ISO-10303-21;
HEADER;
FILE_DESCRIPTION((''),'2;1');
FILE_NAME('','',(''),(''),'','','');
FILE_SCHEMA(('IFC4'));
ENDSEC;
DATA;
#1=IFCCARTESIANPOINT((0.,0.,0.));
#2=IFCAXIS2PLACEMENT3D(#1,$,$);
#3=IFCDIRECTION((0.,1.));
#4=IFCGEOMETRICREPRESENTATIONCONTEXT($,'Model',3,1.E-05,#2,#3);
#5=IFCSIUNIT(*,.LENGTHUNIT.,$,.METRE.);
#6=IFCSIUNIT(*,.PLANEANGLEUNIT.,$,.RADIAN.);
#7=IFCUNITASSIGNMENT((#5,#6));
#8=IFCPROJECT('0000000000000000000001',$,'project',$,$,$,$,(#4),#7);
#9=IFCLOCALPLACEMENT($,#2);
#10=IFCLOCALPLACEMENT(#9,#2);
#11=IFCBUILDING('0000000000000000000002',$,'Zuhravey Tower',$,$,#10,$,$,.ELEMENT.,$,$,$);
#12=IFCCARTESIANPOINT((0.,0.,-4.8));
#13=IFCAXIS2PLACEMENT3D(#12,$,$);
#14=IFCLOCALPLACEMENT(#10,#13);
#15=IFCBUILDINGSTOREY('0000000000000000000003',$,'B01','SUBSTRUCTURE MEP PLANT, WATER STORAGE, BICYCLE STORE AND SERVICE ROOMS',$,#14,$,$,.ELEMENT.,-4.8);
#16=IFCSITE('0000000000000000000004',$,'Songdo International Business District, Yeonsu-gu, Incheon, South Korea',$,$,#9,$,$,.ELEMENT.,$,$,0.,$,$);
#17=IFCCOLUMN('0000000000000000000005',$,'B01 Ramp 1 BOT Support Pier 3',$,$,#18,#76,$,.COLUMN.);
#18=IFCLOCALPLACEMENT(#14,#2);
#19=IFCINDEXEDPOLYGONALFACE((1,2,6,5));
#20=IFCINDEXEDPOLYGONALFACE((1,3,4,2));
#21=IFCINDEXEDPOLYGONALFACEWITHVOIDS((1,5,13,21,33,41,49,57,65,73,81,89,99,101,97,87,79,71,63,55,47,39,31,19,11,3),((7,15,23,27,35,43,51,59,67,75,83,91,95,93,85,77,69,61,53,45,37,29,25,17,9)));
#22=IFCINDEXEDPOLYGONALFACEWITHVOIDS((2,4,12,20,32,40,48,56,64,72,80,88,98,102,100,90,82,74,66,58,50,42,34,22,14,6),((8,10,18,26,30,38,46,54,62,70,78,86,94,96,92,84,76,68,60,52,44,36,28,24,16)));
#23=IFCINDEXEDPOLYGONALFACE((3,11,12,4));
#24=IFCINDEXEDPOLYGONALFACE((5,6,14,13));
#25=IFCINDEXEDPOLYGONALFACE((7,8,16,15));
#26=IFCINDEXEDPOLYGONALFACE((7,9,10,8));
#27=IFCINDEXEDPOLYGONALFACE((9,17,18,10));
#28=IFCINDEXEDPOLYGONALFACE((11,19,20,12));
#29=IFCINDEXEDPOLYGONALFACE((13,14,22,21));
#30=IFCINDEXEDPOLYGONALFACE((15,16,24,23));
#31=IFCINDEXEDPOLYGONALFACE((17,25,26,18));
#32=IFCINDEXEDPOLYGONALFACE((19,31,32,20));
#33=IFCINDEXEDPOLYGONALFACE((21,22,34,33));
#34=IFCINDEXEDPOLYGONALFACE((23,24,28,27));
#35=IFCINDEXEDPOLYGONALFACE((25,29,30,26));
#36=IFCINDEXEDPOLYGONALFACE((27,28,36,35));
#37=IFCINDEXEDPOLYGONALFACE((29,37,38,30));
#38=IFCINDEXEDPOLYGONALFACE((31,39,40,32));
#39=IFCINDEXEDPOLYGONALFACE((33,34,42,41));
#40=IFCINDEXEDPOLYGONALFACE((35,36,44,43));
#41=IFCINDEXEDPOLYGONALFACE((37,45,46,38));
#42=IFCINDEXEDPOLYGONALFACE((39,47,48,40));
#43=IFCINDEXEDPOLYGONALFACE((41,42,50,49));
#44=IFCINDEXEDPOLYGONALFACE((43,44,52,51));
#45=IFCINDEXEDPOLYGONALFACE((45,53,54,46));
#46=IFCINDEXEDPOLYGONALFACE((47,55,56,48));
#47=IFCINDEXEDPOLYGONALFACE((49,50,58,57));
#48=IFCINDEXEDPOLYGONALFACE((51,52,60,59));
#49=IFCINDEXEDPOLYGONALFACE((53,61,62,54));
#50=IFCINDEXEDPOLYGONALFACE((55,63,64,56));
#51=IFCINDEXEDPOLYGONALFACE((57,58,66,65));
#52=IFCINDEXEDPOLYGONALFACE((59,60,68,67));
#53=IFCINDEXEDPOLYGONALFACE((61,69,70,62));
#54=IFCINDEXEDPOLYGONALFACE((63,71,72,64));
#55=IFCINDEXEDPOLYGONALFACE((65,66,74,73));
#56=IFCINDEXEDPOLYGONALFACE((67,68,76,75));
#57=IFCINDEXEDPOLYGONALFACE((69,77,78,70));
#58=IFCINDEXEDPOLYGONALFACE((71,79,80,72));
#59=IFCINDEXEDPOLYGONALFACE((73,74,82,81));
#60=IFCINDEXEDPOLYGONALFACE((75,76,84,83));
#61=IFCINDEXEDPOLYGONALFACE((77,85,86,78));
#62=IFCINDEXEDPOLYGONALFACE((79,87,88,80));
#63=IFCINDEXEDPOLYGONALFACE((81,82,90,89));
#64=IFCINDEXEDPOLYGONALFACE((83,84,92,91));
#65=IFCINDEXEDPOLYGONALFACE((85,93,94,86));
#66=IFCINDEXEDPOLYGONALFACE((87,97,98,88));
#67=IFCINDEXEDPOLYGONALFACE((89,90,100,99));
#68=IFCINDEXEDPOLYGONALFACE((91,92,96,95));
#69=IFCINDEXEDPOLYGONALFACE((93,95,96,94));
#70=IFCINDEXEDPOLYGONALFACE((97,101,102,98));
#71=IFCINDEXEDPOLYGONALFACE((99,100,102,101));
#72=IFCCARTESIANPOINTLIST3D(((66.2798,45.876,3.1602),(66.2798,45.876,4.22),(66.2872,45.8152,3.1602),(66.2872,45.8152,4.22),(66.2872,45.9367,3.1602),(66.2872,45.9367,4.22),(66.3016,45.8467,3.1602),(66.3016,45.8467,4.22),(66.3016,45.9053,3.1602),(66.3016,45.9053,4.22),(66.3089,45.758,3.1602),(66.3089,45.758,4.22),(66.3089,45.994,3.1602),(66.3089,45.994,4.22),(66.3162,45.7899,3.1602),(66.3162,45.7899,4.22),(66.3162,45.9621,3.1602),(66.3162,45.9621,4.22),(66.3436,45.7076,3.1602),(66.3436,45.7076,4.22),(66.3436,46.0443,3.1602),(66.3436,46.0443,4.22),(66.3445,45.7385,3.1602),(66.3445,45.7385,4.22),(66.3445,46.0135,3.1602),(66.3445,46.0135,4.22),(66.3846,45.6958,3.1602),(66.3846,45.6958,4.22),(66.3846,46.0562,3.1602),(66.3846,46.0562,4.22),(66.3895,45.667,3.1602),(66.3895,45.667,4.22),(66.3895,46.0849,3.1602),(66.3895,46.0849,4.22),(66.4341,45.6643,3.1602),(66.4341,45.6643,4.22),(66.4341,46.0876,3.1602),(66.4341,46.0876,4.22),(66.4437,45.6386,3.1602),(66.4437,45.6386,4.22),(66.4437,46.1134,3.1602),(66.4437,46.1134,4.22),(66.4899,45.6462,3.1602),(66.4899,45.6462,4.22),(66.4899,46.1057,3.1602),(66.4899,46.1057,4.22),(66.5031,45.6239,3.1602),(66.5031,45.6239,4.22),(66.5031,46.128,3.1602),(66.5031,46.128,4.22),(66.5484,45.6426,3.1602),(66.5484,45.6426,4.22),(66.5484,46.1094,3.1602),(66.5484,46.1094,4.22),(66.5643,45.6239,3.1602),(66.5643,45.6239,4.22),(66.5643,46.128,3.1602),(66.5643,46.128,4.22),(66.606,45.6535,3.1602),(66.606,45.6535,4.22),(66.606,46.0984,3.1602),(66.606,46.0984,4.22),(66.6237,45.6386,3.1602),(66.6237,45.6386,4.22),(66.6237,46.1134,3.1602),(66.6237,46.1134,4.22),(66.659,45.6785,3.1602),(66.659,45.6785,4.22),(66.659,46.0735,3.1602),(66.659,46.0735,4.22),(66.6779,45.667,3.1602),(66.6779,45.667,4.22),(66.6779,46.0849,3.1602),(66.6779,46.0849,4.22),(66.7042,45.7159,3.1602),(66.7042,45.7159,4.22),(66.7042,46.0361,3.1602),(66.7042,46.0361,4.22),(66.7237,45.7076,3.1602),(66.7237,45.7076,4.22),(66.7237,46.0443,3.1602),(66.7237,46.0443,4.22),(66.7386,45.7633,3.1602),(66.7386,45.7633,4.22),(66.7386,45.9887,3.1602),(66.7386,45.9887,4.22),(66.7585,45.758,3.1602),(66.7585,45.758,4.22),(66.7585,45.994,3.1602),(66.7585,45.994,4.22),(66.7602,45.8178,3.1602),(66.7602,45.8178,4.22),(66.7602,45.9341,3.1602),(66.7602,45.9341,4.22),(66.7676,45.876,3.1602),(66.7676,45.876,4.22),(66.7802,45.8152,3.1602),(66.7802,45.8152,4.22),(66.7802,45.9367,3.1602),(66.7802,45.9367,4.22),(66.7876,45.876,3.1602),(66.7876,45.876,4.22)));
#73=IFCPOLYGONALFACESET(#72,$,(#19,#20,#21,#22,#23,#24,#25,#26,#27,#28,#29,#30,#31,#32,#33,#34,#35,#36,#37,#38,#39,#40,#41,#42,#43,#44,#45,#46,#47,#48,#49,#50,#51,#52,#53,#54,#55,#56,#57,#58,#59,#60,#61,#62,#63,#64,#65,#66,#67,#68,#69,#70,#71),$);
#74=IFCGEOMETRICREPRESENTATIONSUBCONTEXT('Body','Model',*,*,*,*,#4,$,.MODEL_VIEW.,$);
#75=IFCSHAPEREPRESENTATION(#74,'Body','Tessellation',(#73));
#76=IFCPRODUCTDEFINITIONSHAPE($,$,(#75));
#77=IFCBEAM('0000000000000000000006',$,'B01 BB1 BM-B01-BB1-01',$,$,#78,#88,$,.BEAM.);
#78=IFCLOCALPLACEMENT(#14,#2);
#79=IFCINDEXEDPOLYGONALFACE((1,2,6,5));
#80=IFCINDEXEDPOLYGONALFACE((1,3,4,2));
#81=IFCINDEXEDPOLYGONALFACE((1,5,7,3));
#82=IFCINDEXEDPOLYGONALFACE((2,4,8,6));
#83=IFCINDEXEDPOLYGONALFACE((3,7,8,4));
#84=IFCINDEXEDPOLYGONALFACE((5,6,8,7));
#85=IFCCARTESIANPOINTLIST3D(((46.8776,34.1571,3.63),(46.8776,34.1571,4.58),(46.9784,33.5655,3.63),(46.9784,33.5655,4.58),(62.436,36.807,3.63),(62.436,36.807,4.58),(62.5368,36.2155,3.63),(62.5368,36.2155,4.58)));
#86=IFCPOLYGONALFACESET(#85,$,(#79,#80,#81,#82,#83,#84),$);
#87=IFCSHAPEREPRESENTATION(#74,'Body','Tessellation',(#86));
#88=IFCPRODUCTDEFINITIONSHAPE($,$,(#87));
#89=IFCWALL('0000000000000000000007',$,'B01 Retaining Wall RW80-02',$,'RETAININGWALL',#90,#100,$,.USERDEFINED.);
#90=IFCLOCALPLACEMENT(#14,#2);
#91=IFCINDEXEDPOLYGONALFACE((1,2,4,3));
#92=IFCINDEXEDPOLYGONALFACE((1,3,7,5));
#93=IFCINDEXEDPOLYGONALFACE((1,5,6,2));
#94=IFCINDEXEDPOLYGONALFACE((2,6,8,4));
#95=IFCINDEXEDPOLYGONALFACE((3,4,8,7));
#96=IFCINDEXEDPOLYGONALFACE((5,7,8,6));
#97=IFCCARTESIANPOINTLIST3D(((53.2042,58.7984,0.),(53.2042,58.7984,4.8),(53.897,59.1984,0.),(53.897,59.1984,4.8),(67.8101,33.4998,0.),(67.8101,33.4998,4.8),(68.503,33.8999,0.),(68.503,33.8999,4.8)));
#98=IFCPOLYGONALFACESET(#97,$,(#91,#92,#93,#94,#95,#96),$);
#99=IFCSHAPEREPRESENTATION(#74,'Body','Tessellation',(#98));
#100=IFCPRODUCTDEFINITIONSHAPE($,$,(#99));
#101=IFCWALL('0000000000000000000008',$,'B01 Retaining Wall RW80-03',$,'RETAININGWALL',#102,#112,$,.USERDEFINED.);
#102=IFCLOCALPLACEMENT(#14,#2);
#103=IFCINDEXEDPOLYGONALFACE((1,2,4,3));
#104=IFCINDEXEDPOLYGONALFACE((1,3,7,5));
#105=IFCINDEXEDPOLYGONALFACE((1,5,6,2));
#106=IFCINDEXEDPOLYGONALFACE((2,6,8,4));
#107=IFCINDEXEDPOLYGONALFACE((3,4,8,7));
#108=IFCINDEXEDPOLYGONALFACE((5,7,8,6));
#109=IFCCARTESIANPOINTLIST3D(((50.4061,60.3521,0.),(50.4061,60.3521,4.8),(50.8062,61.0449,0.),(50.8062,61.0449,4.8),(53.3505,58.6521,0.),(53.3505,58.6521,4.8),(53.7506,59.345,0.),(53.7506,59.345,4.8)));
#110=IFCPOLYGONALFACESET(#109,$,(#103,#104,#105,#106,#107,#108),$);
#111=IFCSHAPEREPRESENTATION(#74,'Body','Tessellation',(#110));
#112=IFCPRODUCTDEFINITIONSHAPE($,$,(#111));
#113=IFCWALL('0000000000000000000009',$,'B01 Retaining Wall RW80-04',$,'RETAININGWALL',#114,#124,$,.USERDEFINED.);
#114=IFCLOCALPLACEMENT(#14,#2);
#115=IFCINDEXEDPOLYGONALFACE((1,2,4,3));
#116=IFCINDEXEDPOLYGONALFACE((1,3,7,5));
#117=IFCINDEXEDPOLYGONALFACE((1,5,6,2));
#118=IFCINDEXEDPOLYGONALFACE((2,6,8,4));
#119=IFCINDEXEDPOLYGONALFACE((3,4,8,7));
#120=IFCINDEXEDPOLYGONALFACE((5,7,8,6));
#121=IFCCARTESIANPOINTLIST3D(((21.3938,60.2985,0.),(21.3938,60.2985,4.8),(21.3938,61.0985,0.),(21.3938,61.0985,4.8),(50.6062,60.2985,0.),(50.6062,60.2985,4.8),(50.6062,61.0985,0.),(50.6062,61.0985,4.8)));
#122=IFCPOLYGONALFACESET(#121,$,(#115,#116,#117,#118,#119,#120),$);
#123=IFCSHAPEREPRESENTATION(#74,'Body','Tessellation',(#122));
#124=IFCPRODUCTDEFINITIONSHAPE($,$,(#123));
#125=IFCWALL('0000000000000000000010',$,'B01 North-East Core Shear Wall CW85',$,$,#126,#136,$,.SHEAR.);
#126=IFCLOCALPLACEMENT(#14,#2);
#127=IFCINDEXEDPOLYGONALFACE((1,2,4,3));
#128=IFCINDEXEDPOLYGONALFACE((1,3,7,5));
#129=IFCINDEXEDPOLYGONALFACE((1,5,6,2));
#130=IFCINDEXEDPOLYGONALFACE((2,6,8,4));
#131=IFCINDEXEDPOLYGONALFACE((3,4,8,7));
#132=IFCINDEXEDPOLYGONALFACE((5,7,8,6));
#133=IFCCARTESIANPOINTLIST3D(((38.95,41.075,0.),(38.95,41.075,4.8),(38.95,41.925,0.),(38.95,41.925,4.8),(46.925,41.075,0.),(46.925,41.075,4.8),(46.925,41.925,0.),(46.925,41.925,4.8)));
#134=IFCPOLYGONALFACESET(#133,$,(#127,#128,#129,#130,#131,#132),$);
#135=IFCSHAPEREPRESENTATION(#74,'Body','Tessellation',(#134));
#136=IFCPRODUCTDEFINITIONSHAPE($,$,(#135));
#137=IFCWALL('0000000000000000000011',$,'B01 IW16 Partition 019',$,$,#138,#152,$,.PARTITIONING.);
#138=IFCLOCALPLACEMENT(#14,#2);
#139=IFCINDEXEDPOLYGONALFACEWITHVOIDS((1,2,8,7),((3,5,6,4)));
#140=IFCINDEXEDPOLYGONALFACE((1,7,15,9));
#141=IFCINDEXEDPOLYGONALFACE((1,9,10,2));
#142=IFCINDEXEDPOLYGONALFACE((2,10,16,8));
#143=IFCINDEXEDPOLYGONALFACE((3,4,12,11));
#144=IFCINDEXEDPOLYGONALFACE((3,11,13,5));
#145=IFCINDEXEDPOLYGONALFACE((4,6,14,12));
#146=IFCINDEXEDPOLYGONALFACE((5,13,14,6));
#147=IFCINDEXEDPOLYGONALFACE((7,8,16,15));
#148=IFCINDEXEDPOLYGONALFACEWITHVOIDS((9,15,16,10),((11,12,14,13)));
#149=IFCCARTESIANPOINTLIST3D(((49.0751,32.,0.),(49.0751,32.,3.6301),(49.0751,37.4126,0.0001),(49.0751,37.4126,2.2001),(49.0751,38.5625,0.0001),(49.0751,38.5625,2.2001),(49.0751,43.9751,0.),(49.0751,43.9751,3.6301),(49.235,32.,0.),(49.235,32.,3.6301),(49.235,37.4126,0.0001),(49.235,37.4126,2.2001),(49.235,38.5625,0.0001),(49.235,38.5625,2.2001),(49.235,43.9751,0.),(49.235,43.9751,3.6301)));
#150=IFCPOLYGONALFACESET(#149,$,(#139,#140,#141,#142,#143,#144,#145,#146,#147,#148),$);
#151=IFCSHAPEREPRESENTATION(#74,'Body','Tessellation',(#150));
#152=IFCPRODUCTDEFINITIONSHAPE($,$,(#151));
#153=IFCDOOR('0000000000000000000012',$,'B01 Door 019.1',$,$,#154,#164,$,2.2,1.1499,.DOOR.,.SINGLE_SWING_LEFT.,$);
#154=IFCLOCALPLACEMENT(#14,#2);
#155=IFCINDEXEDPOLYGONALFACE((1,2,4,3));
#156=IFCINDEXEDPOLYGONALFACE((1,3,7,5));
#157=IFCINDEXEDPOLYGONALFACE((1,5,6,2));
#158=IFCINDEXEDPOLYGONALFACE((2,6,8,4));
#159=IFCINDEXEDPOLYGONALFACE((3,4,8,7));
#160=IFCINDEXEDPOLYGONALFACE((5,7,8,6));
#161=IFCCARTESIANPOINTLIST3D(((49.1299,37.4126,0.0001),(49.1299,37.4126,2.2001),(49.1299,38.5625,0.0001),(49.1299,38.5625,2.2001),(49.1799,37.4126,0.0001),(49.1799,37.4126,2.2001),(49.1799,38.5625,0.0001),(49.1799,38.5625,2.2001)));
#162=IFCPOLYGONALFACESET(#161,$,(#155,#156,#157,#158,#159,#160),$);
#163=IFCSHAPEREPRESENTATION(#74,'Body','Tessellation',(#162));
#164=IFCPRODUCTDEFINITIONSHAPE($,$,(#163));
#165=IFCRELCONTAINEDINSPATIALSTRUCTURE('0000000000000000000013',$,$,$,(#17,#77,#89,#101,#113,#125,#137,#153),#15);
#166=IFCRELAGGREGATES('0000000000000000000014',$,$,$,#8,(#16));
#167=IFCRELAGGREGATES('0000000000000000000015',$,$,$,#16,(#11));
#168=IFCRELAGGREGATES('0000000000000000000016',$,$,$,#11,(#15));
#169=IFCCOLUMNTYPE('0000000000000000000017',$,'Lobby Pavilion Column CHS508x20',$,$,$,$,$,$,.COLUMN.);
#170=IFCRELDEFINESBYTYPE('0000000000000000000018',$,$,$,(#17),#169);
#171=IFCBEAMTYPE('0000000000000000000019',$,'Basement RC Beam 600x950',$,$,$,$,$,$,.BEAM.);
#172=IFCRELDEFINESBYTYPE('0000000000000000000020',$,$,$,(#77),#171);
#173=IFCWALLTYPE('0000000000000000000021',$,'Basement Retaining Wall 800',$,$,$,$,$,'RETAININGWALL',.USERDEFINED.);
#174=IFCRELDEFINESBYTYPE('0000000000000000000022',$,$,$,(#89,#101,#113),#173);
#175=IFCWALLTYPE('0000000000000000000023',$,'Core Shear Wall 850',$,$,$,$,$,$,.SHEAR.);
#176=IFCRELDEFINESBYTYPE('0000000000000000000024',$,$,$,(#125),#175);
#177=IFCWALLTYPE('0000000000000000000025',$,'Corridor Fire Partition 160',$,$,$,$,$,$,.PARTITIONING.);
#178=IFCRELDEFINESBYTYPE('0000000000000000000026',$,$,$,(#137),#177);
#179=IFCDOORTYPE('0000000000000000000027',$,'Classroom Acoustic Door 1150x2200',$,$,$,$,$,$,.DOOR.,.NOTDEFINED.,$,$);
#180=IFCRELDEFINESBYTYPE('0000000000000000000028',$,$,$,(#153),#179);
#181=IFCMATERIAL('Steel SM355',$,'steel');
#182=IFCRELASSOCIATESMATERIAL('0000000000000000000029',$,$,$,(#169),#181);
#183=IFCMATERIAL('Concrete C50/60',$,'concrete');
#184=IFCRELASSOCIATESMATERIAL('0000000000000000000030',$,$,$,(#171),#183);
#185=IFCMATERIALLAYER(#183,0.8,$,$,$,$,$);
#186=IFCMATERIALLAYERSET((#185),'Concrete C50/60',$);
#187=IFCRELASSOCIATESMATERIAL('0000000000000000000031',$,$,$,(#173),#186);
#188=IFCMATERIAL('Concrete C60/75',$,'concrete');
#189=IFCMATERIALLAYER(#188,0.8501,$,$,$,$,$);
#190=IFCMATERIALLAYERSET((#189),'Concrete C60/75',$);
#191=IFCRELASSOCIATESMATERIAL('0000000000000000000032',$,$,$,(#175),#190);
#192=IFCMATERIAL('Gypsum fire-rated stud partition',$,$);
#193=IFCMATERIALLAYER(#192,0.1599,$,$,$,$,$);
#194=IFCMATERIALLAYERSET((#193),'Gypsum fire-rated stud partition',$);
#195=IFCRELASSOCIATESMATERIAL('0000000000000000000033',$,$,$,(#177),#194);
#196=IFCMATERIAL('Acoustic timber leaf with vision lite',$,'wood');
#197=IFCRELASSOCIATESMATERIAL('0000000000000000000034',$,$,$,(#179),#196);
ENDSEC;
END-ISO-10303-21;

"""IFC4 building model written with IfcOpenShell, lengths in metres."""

from ifc_helpers import new_model, si_unit, direction, frame, frame_2d, origin, origin_2d, place, context, subcontext, project, spatial, rectangle, hollow_circle, extrude, material, layer, layer_set, material_profile, profile_set, type_object, element, fill, save


model = new_model("IFC4")

# Units and contexts
model_context = context("Model", 3, precision=1e-05, world=origin(), true_north=direction((0.0, 1.0)))
body_context = subcontext(model_context, "Body", "Model", "MODEL_VIEW")
ifc_project = project(units=[si_unit("LENGTHUNIT", "METRE"), si_unit("PLANEANGLEUNIT", "RADIAN")], contexts=[model_context])

# Site, building, storey
site_placement = place(None, origin())
site = spatial("IfcSite", under=ifc_project, at=site_placement, Name="Songdo International Business District, Yeonsu-gu, Incheon, South Korea", CompositionType="ELEMENT", RefElevation=0.0)
building_placement = place(site_placement, origin())
building = spatial("IfcBuilding", under=site, at=building_placement, Name="Zuhravey Tower", CompositionType="ELEMENT")
storey_placement = place(building_placement, frame((0.0, 0.0, -4.8)))
storey = spatial("IfcBuildingStorey", under=building, at=storey_placement, Name="B01", Description="SUBSTRUCTURE MEP PLANT, WATER STORAGE, BICYCLE STORE AND SERVICE ROOMS", CompositionType="ELEMENT", Elevation=-4.8)

# Column
ifc_material_1 = material(Name="Concrete C60/75", Category="concrete")
ifc_material_2 = material(Name="Steel SM355", Category="steel")
ifc_material_profile_1 = material_profile(ifc_material_2, hollow_circle(Radius=0.2539, WallThickness=0.02, at=origin_2d()), Name="CHS-508x20")
ifc_profile_set_1 = profile_set([ifc_material_profile_1], Name="Steel SM355")
column_type_1 = type_object("IfcColumnType", Name="Lobby Pavilion Column CHS508x20", PredefinedType="COLUMN", material=ifc_profile_set_1)
for number, where, z_axis, x_axis, name in (
    (1, (66.5337, 45.876, 3.1602), (0.0, 0.0, 1.0), (1.0, 0.0, 0.0), "B01 Ramp 1 BOT Support Pier 3"),
):
    element("IfcColumn", number, at=place(storey_placement, frame(where, z_axis=z_axis, x_axis=x_axis)), inside=storey, type_object=column_type_1, Name=name, PredefinedType="COLUMN", context=body_context, shape_type="SweptSolid", body=[
        extrude(hollow_circle(Radius=0.2539, WallThickness=0.02, at=origin_2d()), origin(), (0.0, 0.0, 1.0), 1.0598),
    ])

# Beam
ifc_material_3 = material(Name="Concrete C50/60", Category="concrete")
ifc_material_profile_2 = material_profile(ifc_material_3, rectangle(XDim=0.6001, YDim=0.95, at=origin_2d()), Name="RC-600x950")
ifc_profile_set_2 = profile_set([ifc_material_profile_2], Name="Concrete C50/60")
beam_type = type_object("IfcBeamType", Name="Basement RC Beam 600x950", PredefinedType="BEAM", material=ifc_profile_set_2)
beam_placement = place(storey_placement, frame((46.928, 33.8613, 4.105), z_axis=(0.985804, 0.167902, 0.0), x_axis=(-0.167902, 0.985804, 0.0)))
element("IfcBeam", 2, at=beam_placement, inside=storey, type_object=beam_type, Name="B01 BB1 BM-B01-BB1-01", PredefinedType="BEAM", context=body_context, shape_type="SweptSolid", body=[
    extrude(rectangle(XDim=0.6001, YDim=0.95, at=origin_2d()), origin(), (0.0, 0.0, 1.0), 15.7825),
])

# Walls
ifc_layer_1 = layer(ifc_material_3, 0.8)
ifc_layer_set_1 = layer_set([ifc_layer_1], Name="Concrete C50/60")
wall_type_1 = type_object("IfcWallType", Name="Basement Retaining Wall 800", ElementType="RETAININGWALL", PredefinedType="USERDEFINED", material=ifc_layer_set_1)
wall_1_placement = place(storey_placement, frame((68.1565, 33.7, 0.0), z_axis=(0.0, 0.0, 1.0), x_axis=(-0.499995, 0.866028, 0.0)))
element("IfcWall", 3, at=wall_1_placement, inside=storey, type_object=wall_type_1, Name="B01 Retaining Wall RW80-02", ObjectType="RETAININGWALL", PredefinedType="USERDEFINED", context=body_context, shape_type="SweptSolid", body=[
    extrude(rectangle(XDim=29.2122, YDim=0.8, at=frame_2d((14.606, 0.0))), origin(), (0.0, 0.0, 1.0), 4.8),
])
wall_2_placement = place(storey_placement, frame((53.5505, 58.9985, 0.0), z_axis=(0.0, 0.0, 1.0), x_axis=(-0.866021, 0.500008, 0.0)))
element("IfcWall", 4, at=wall_2_placement, inside=storey, type_object=wall_type_1, Name="B01 Retaining Wall RW80-03", ObjectType="RETAININGWALL", PredefinedType="USERDEFINED", context=body_context, shape_type="SweptSolid", body=[
    extrude(rectangle(XDim=3.3999, YDim=0.8, at=frame_2d((1.7, 0.0))), origin(), (0.0, 0.0, 1.0), 4.8),
])
wall_3_placement = place(storey_placement, frame((50.6062, 60.6985, 0.0), z_axis=(0.0, 0.0, 1.0), x_axis=(-1.0, 0.0, 0.0)))
element("IfcWall", 5, at=wall_3_placement, inside=storey, type_object=wall_type_1, Name="B01 Retaining Wall RW80-04", ObjectType="RETAININGWALL", PredefinedType="USERDEFINED", context=body_context, shape_type="SweptSolid", body=[
    extrude(rectangle(XDim=29.2124, YDim=0.8, at=frame_2d((14.6062, 0.0))), origin(), (0.0, 0.0, 1.0), 4.8),
])
ifc_layer_2 = layer(ifc_material_1, 0.8501)
ifc_layer_set_2 = layer_set([ifc_layer_2], Name="Concrete C60/75")
wall_type_2 = type_object("IfcWallType", Name="Core Shear Wall 850", PredefinedType="SHEAR", material=ifc_layer_set_2)
wall_4_placement = place(storey_placement, frame((46.925, 41.5, 0.0), z_axis=(0.0, 0.0, 1.0), x_axis=(-1.0, 0.0, 0.0)))
element("IfcWall", 6, at=wall_4_placement, inside=storey, type_object=wall_type_2, Name="B01 North-East Core Shear Wall CW85", PredefinedType="SHEAR", context=body_context, shape_type="SweptSolid", body=[
    extrude(rectangle(XDim=7.9751, YDim=0.8501, at=frame_2d((3.9875, 0.0))), origin(), (0.0, 0.0, 1.0), 4.8),
])

# Wall, opening, door
ifc_material_4 = material(Name="Gypsum fire-rated stud partition")
ifc_layer_3 = layer(ifc_material_4, 0.1599)
ifc_layer_set_3 = layer_set([ifc_layer_3], Name="Gypsum fire-rated stud partition")
wall_type_3 = type_object("IfcWallType", Name="Corridor Fire Partition 160", PredefinedType="PARTITIONING", material=ifc_layer_set_3)
wall_5_placement = place(storey_placement, frame((49.155, 32.0, 0.0), z_axis=(0.0, 0.0, 1.0), x_axis=(0.0, 1.0, 0.0)))
wall_5 = element("IfcWall", 7, at=wall_5_placement, inside=storey, type_object=wall_type_3, Name="B01 IW16 Partition 019", PredefinedType="PARTITIONING", context=body_context, shape_type="SweptSolid", body=[
    extrude(rectangle(XDim=11.9751, YDim=0.1599, at=frame_2d((5.9875, 0.0))), origin(), (0.0, 0.0, 1.0), 3.6301),
])
opening_1_placement = place(wall_5_placement, frame((5.4126, 0.0, 0.0)))
opening_1 = element("IfcOpeningElement", 8, at=opening_1_placement, cuts=wall_5, PredefinedType="OPENING", context=body_context, shape_type="SweptSolid", body=[
    extrude(rectangle(XDim=1.1499, YDim=2.2, at=frame_2d((0.575, 1.1001))), frame((0.0, 0.092, 0.0), z_axis=(0.0, -1.0, 0.0), x_axis=(1.0, 0.0, 0.0)), (0.0, 0.0, 1.0), 0.1838),
])
ifc_material_5 = material(Name="Acoustic timber leaf with vision lite", Category="wood")
door_type_1 = type_object("IfcDoorType", Name="Classroom Acoustic Door 1150x2200", OperationType="NOTDEFINED", PredefinedType="DOOR", material=ifc_material_5)
door_1_placement = place(opening_1_placement, frame((1.1499, 0.0, 0.0), z_axis=(0.0, 0.0, 1.0), x_axis=(-1.0, 0.0, 0.0)))
door_1 = element("IfcDoor", 9, at=door_1_placement, inside=storey, type_object=door_type_1, Name="B01 Door 019.1", OperationType="SINGLE_SWING_LEFT", OverallHeight=2.2, OverallWidth=1.1499, PredefinedType="DOOR", context=body_context, shape_type="SweptSolid", body=[
    extrude(rectangle(XDim=1.1499, YDim=2.2, at=frame_2d((0.575, 1.1001))), frame((0.0, 0.0249, 0.0), z_axis=(0.0, -1.0, 0.0), x_axis=(1.0, 0.0, 0.0)), (0.0, 0.0, 1.0), 0.05),
])
fill(opening_1, door_1)

save(model, "model.ifc")
